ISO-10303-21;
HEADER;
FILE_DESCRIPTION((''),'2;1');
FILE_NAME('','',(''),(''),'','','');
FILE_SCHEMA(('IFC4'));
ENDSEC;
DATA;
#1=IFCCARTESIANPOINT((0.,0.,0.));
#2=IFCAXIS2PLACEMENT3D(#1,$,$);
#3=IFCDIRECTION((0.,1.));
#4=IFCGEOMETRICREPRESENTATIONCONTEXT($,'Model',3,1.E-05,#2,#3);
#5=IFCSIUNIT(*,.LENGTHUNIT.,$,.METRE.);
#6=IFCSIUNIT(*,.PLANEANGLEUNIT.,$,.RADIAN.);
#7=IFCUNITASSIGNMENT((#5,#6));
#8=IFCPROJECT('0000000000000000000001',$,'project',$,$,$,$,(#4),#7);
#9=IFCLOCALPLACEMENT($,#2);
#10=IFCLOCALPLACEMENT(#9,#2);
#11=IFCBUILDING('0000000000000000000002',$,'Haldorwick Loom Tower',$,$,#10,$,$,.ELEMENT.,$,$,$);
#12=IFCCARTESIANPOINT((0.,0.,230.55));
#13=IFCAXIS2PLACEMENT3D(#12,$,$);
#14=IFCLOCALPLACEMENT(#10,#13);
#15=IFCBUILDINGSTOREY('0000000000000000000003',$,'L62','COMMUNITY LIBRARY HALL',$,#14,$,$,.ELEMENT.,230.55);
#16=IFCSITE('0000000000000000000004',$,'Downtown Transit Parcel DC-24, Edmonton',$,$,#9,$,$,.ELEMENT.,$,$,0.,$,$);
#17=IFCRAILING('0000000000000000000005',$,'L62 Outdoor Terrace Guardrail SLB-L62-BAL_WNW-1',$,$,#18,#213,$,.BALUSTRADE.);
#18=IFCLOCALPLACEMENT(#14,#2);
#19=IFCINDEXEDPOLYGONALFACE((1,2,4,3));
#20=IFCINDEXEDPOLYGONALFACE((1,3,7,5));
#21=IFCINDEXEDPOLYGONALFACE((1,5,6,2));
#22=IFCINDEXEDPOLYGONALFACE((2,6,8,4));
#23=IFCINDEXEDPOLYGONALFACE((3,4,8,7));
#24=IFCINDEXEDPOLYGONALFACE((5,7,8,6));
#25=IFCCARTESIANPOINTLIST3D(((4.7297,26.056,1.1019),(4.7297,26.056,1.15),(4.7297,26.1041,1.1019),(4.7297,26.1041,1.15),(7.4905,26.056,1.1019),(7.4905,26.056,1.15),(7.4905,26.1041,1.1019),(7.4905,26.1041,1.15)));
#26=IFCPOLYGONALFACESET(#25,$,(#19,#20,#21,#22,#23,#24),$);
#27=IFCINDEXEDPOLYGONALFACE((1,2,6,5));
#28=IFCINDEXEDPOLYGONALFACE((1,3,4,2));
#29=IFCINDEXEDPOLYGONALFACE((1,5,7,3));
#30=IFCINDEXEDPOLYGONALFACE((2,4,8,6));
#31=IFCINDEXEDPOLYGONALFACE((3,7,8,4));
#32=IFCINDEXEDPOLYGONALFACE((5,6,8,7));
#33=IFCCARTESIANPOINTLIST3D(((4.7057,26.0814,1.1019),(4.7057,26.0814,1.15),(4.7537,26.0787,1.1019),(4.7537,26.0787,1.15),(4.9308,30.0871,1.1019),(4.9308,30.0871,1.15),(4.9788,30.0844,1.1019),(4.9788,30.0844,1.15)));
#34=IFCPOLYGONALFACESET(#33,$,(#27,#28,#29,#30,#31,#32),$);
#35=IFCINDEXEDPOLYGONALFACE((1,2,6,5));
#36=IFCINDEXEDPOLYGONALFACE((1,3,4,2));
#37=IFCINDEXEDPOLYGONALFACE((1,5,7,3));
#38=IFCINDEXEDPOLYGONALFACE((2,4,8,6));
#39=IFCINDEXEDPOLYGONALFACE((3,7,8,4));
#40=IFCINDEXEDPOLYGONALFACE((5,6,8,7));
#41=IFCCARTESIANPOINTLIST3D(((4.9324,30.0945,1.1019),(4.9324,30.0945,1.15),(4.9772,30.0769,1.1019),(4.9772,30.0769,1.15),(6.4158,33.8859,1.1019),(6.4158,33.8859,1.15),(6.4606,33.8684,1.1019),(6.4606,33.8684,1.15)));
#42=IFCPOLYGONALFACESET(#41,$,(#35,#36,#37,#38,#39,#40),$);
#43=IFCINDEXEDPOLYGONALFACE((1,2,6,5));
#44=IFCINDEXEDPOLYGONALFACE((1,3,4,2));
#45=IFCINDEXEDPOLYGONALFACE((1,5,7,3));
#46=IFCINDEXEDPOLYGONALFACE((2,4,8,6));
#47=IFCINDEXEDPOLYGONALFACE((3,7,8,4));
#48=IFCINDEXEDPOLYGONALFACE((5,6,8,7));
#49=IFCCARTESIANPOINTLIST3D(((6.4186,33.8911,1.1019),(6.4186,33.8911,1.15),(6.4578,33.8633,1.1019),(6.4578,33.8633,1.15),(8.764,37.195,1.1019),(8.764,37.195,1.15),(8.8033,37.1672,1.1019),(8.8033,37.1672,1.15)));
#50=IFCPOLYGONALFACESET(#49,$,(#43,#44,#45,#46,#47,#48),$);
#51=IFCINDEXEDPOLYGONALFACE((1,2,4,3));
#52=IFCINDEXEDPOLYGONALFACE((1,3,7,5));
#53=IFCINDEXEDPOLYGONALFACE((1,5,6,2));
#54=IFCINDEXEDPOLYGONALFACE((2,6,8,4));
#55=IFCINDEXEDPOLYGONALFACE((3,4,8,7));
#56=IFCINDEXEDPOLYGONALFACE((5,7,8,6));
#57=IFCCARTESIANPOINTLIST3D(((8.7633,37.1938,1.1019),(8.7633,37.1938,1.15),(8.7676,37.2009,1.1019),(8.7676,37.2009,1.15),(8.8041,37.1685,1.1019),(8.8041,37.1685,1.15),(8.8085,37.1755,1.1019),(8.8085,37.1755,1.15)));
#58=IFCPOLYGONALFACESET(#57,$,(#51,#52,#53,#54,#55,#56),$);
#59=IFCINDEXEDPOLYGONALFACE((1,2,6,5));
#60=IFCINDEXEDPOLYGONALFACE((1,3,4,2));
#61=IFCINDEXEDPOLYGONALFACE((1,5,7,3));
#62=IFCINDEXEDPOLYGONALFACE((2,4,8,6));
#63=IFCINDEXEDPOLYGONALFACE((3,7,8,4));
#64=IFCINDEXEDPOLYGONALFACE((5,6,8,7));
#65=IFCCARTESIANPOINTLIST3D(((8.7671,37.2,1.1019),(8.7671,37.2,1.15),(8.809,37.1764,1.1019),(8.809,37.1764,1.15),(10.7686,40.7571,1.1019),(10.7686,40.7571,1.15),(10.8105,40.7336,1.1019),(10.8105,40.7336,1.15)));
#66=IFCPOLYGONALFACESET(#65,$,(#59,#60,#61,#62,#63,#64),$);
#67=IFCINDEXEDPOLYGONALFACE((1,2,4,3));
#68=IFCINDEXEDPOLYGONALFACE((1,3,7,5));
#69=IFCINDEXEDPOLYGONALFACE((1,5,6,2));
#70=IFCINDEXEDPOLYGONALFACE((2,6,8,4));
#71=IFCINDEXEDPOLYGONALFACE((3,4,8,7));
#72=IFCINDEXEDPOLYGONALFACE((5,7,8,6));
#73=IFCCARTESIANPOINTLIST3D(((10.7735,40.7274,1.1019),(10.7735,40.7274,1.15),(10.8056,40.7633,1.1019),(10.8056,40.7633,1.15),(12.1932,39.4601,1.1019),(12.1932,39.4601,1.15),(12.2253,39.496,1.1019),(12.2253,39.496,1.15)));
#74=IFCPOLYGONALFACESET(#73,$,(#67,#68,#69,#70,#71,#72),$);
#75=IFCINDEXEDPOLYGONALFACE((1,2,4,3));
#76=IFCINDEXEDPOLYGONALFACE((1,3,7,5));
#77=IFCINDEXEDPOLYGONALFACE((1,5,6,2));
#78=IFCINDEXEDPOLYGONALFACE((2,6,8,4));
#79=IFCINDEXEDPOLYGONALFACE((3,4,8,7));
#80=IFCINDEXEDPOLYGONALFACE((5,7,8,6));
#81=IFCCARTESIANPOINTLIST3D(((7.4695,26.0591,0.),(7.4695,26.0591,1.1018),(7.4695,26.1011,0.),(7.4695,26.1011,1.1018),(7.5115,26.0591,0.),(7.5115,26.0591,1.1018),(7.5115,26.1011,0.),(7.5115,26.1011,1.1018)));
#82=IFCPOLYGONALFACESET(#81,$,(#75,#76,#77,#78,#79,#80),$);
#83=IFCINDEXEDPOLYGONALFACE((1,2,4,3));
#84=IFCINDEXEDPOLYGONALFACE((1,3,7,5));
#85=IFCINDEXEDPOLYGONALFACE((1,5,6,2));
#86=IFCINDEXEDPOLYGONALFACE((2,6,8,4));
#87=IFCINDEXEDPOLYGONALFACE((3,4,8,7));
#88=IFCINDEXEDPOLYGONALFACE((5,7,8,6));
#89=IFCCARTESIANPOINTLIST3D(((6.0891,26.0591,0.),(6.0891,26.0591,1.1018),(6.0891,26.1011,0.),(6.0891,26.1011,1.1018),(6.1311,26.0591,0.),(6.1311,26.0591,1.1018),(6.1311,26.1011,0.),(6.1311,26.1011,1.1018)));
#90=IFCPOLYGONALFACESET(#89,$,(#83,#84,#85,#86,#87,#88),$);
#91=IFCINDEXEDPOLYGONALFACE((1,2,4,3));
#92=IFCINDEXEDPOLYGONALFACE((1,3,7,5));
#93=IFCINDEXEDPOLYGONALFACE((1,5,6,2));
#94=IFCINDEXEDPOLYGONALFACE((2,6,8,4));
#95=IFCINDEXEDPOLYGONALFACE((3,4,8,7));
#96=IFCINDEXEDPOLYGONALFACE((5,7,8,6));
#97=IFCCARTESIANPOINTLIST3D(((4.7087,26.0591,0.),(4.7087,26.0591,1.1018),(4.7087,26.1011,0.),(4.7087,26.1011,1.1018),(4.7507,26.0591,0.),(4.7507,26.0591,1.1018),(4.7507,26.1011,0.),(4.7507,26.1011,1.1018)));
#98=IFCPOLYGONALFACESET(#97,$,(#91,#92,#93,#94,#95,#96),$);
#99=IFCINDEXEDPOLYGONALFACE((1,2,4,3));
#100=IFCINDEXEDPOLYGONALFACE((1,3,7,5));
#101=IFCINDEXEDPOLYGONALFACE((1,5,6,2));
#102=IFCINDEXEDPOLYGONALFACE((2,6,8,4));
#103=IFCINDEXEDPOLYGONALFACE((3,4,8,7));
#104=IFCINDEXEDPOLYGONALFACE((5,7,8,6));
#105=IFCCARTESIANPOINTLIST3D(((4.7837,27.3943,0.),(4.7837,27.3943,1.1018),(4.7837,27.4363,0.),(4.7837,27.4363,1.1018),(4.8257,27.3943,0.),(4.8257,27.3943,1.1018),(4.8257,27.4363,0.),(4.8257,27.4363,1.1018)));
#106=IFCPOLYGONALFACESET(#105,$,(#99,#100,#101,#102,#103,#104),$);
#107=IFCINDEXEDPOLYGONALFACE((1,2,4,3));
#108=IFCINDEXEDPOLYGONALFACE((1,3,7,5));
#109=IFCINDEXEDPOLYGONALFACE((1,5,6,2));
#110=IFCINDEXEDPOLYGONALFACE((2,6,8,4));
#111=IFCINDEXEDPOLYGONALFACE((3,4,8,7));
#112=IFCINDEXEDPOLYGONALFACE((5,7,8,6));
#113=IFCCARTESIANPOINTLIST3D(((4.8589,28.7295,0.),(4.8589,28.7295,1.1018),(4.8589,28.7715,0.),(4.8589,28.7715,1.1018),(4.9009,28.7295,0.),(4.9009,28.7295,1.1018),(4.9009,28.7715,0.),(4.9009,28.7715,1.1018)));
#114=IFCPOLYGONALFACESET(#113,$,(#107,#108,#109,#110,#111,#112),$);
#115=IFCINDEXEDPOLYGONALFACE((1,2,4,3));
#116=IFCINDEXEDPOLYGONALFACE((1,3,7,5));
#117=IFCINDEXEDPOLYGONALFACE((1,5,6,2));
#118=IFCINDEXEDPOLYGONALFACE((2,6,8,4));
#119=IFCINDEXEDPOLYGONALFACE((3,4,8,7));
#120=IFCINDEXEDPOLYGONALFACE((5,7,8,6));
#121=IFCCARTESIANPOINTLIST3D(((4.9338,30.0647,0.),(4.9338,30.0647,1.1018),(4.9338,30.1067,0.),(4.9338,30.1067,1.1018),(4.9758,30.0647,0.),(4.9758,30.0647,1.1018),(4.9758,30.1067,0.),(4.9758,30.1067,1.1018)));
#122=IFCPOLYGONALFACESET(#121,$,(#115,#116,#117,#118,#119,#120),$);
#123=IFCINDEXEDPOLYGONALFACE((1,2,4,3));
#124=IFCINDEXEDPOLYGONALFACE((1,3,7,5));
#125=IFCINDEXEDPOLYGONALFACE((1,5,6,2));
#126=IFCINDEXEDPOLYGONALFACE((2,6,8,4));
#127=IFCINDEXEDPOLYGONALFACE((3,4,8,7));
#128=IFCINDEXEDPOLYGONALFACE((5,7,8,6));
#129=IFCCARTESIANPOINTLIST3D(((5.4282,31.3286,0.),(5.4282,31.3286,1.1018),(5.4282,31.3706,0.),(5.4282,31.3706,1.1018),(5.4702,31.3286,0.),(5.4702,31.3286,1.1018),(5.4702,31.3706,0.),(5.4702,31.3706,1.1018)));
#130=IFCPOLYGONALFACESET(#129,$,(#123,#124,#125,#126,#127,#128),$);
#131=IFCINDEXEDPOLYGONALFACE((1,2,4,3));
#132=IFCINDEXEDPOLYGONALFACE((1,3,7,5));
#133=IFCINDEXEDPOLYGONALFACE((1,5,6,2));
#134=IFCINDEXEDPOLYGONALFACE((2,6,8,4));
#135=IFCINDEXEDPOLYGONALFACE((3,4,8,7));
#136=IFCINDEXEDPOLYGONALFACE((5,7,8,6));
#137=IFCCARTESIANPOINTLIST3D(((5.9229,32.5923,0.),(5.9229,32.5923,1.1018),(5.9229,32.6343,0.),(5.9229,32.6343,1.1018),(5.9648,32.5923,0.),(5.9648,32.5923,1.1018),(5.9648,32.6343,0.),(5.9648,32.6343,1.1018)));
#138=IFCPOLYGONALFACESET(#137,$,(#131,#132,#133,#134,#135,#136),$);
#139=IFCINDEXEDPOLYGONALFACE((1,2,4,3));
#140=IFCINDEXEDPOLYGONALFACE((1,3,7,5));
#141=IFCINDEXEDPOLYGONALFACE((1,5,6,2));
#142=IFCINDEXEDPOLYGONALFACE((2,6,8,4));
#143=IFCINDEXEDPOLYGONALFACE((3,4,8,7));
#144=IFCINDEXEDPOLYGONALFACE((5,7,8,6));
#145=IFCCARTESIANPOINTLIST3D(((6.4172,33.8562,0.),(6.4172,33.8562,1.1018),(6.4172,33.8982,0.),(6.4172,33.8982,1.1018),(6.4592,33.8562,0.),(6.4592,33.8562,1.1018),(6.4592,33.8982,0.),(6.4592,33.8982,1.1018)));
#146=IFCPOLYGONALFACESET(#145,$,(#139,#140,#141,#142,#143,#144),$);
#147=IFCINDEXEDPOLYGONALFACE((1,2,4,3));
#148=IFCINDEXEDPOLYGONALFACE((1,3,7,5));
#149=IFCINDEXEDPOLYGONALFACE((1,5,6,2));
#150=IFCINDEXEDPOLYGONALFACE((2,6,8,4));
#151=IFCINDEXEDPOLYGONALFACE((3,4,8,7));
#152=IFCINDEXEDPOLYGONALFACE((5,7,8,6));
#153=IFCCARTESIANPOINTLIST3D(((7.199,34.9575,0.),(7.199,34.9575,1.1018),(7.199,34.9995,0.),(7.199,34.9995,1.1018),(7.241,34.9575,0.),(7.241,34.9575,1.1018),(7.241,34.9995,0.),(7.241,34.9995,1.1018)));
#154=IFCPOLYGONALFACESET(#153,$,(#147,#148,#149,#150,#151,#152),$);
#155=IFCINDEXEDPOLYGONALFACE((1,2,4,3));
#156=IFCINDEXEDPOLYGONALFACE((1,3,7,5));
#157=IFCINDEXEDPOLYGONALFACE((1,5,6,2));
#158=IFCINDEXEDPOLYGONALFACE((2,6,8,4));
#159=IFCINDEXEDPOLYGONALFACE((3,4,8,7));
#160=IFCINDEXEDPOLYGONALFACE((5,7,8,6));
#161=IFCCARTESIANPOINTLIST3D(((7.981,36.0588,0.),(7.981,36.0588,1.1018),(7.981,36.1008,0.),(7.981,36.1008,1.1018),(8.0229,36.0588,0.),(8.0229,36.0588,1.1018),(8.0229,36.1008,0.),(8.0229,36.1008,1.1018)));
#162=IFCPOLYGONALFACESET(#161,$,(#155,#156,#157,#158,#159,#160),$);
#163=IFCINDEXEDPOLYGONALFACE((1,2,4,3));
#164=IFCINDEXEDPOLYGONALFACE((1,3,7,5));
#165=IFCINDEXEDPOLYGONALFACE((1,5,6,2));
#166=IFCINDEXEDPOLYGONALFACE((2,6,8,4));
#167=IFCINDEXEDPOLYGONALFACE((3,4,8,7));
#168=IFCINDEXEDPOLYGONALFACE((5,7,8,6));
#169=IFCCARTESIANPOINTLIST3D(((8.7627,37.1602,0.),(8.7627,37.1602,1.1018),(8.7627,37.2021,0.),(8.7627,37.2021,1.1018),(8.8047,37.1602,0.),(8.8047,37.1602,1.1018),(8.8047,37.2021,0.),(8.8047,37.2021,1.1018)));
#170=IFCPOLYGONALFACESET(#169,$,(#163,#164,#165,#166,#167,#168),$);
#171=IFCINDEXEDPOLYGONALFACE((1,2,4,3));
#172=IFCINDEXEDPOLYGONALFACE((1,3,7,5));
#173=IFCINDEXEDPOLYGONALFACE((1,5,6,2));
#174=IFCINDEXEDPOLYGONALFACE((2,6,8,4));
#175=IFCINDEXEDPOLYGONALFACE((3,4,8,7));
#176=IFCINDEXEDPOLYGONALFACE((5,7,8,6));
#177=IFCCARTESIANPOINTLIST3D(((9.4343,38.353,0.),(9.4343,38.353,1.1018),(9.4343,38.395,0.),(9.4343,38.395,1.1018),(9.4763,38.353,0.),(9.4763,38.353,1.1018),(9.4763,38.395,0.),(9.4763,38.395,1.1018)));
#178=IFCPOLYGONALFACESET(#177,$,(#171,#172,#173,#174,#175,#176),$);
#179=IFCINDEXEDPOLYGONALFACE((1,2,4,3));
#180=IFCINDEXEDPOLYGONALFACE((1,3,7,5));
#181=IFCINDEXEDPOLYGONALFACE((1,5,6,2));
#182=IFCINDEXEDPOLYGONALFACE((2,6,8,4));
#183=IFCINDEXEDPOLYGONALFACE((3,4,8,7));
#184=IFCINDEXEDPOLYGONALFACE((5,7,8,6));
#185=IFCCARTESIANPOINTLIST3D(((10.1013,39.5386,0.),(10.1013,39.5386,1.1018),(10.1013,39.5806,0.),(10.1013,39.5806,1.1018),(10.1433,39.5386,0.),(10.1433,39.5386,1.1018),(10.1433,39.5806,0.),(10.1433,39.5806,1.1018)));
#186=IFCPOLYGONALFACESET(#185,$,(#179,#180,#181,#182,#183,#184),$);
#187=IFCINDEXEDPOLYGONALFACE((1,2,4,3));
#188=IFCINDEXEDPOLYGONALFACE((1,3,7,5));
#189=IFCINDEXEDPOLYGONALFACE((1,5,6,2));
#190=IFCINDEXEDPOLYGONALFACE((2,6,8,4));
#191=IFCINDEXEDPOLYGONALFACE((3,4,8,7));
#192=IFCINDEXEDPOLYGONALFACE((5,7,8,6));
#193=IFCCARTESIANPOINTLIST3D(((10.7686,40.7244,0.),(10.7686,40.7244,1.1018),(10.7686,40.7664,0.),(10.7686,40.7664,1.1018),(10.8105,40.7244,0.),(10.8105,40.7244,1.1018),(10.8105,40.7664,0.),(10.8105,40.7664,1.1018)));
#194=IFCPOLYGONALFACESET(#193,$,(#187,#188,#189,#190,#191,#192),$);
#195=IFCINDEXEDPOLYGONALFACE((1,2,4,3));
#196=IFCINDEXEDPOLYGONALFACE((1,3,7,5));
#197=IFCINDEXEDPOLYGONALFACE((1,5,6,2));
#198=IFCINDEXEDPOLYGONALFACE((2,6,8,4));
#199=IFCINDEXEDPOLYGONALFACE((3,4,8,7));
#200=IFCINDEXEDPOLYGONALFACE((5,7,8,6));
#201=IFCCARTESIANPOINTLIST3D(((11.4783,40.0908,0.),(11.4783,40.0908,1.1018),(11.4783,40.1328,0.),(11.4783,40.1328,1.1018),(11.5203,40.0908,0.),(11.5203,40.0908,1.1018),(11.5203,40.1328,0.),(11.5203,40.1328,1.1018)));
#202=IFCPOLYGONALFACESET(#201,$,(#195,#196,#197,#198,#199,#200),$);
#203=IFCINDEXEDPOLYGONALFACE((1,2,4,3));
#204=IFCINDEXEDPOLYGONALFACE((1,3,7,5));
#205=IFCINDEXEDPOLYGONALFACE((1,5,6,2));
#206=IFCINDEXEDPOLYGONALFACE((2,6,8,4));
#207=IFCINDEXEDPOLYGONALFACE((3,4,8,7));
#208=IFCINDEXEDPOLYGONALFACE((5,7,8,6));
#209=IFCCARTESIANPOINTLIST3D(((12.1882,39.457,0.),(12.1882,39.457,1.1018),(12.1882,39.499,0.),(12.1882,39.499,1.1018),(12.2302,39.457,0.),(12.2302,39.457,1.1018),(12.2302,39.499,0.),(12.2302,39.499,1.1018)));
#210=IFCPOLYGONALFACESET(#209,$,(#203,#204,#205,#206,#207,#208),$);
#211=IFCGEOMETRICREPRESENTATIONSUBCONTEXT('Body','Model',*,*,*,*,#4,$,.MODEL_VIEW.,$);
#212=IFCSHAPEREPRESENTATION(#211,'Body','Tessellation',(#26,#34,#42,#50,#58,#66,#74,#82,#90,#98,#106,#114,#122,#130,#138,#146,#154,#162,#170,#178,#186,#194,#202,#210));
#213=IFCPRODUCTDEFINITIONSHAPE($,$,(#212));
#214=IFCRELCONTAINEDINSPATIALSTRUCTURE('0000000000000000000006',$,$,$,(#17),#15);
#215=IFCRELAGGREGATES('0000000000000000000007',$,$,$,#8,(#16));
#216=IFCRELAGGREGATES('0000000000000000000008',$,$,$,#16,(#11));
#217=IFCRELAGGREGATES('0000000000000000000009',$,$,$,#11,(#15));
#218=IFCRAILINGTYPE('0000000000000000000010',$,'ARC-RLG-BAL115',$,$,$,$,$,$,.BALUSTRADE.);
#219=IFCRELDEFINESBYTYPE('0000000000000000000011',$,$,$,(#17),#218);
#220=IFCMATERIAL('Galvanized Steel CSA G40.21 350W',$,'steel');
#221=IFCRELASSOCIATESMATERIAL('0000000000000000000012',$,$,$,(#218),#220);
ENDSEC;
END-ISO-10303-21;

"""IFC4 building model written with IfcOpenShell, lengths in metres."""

from ifc_helpers import new_model, si_unit, direction, frame, origin, origin_2d, place, context, subcontext, project, spatial, rectangle, extrude, material, type_object, element, save


model = new_model("IFC4")

# Units and contexts
model_context = context("Model", 3, precision=1e-05, world=origin(), true_north=direction((0.0, 1.0)))
body_context = subcontext(model_context, "Body", "Model", "MODEL_VIEW")
ifc_project = project(units=[si_unit("LENGTHUNIT", "METRE"), si_unit("PLANEANGLEUNIT", "RADIAN")], contexts=[model_context])

# Site, building, storey
site_placement = place(None, origin())
site = spatial("IfcSite", under=ifc_project, at=site_placement, Name="Downtown Transit Parcel DC-24, Edmonton", CompositionType="ELEMENT", RefElevation=0.0)
building_placement = place(site_placement, origin())
building = spatial("IfcBuilding", under=site, at=building_placement, Name="Haldorwick Loom Tower", CompositionType="ELEMENT")
storey_placement = place(building_placement, frame((0.0, 0.0, 230.55)))
storey = spatial("IfcBuildingStorey", under=building, at=storey_placement, Name="L62", Description="COMMUNITY LIBRARY HALL", CompositionType="ELEMENT", Elevation=230.55)

# Railing
ifc_material_1 = material(Name="Galvanized Steel CSA G40.21 350W", Category="steel")
railing_type = type_object("IfcRailingType", Name="ARC-RLG-BAL115", PredefinedType="BALUSTRADE", material=ifc_material_1)
railing_placement = place(storey_placement, frame((7.4905, 26.0801, 0.0)))
element("IfcRailing", 1, at=railing_placement, inside=storey, type_object=railing_type, Name="L62 Outdoor Terrace Guardrail SLB-L62-BAL_WNW-1", PredefinedType="BALUSTRADE", context=body_context, shape_type="SweptSolid", body=[
    extrude(rectangle(XDim=0.0481, YDim=0.0481, at=origin_2d()), frame((0.0, 0.0, 1.126), z_axis=(-1.0, 0.0, 0.0), x_axis=(0.0, -1.0, 0.0)), (0.0, 0.0, 1.0), 2.7607),
    extrude(rectangle(XDim=0.0481, YDim=0.0481, at=origin_2d()), frame((-2.7607, 0.0, 1.126), z_axis=(0.056107, 0.998425, 0.0), x_axis=(-0.998425, 0.056107, 0.0)), (0.0, 0.0, 1.0), 4.012),
    extrude(rectangle(XDim=0.0481, YDim=0.0481, at=origin_2d()), frame((-2.5356, 4.0056, 1.126), z_axis=(0.36435, 0.931262, 0.0), x_axis=(-0.931262, 0.36435, 0.0)), (0.0, 0.0, 1.0), 4.0713),
    extrude(rectangle(XDim=0.0481, YDim=0.0481, at=origin_2d()), frame((-1.0522, 7.7971, 1.126), z_axis=(0.578865, 0.815424, 0.0), x_axis=(-0.815424, 0.578865, 0.0)), (0.0, 0.0, 1.0), 4.0518),
    extrude(rectangle(XDim=0.0481, YDim=0.0481, at=origin_2d()), frame((1.2932, 11.1011, 1.126), z_axis=(0.527363, 0.84964, 0.0), x_axis=(-0.84964, 0.527363, 0.0)), (0.0, 0.0, 1.0), 0.0083),
    extrude(rectangle(XDim=0.0481, YDim=0.0481, at=origin_2d()), frame((1.2976, 11.1082, 1.126), z_axis=(0.490369, 0.871515, 0.0), x_axis=(-0.871515, 0.490369, 0.0)), (0.0, 0.0, 1.0), 4.0815),
    extrude(rectangle(XDim=0.0481, YDim=0.0481, at=origin_2d()), frame((3.2991, 14.6653, 1.126), z_axis=(0.745999, -0.665947, 0.0), x_axis=(0.665947, 0.745999, 0.0)), (0.0, 0.0, 1.0), 1.9031),
    extrude(rectangle(XDim=0.042, YDim=0.042, at=origin_2d()), origin(), (0.0, 0.0, 1.0), 1.1018),
    extrude(rectangle(XDim=0.042, YDim=0.042, at=origin_2d()), frame((-1.3804, 0.0, 0.0)), (0.0, 0.0, 1.0), 1.1018),
    extrude(rectangle(XDim=0.042, YDim=0.042, at=origin_2d()), frame((-2.7607, 0.0, 0.0)), (0.0, 0.0, 1.0), 1.1018),
    extrude(rectangle(XDim=0.042, YDim=0.042, at=origin_2d()), frame((-2.6858, 1.3352, 0.0)), (0.0, 0.0, 1.0), 1.1018),
    extrude(rectangle(XDim=0.042, YDim=0.042, at=origin_2d()), frame((-2.6106, 2.6704, 0.0)), (0.0, 0.0, 1.0), 1.1018),
    extrude(rectangle(XDim=0.042, YDim=0.042, at=origin_2d()), frame((-2.5356, 4.0056, 0.0)), (0.0, 0.0, 1.0), 1.1018),
    extrude(rectangle(XDim=0.042, YDim=0.042, at=origin_2d()), frame((-2.0413, 5.2695, 0.0)), (0.0, 0.0, 1.0), 1.1018),
    extrude(rectangle(XDim=0.042, YDim=0.042, at=origin_2d()), frame((-1.5466, 6.5332, 0.0)), (0.0, 0.0, 1.0), 1.1018),
    extrude(rectangle(XDim=0.042, YDim=0.042, at=origin_2d()), frame((-1.0522, 7.7971, 0.0)), (0.0, 0.0, 1.0), 1.1018),
    extrude(rectangle(XDim=0.042, YDim=0.042, at=origin_2d()), frame((-0.2705, 8.8984, 0.0)), (0.0, 0.0, 1.0), 1.1018),
    extrude(rectangle(XDim=0.042, YDim=0.042, at=origin_2d()), frame((0.5115, 9.9998, 0.0)), (0.0, 0.0, 1.0), 1.1018),
    extrude(rectangle(XDim=0.042, YDim=0.042, at=origin_2d()), frame((1.2932, 11.1011, 0.0)), (0.0, 0.0, 1.0), 1.1018),
    extrude(rectangle(XDim=0.042, YDim=0.042, at=origin_2d()), frame((1.9648, 12.2939, 0.0)), (0.0, 0.0, 1.0), 1.1018),
    extrude(rectangle(XDim=0.042, YDim=0.042, at=origin_2d()), frame((2.6318, 13.4795, 0.0)), (0.0, 0.0, 1.0), 1.1018),
    extrude(rectangle(XDim=0.042, YDim=0.042, at=origin_2d()), frame((3.2991, 14.6653, 0.0)), (0.0, 0.0, 1.0), 1.1018),
    extrude(rectangle(XDim=0.042, YDim=0.042, at=origin_2d()), frame((4.0088, 14.0317, 0.0)), (0.0, 0.0, 1.0), 1.1018),
    extrude(rectangle(XDim=0.042, YDim=0.042, at=origin_2d()), frame((4.7188, 13.3979, 0.0)), (0.0, 0.0, 1.0), 1.1018),
])

save(model, "model.ifc")
